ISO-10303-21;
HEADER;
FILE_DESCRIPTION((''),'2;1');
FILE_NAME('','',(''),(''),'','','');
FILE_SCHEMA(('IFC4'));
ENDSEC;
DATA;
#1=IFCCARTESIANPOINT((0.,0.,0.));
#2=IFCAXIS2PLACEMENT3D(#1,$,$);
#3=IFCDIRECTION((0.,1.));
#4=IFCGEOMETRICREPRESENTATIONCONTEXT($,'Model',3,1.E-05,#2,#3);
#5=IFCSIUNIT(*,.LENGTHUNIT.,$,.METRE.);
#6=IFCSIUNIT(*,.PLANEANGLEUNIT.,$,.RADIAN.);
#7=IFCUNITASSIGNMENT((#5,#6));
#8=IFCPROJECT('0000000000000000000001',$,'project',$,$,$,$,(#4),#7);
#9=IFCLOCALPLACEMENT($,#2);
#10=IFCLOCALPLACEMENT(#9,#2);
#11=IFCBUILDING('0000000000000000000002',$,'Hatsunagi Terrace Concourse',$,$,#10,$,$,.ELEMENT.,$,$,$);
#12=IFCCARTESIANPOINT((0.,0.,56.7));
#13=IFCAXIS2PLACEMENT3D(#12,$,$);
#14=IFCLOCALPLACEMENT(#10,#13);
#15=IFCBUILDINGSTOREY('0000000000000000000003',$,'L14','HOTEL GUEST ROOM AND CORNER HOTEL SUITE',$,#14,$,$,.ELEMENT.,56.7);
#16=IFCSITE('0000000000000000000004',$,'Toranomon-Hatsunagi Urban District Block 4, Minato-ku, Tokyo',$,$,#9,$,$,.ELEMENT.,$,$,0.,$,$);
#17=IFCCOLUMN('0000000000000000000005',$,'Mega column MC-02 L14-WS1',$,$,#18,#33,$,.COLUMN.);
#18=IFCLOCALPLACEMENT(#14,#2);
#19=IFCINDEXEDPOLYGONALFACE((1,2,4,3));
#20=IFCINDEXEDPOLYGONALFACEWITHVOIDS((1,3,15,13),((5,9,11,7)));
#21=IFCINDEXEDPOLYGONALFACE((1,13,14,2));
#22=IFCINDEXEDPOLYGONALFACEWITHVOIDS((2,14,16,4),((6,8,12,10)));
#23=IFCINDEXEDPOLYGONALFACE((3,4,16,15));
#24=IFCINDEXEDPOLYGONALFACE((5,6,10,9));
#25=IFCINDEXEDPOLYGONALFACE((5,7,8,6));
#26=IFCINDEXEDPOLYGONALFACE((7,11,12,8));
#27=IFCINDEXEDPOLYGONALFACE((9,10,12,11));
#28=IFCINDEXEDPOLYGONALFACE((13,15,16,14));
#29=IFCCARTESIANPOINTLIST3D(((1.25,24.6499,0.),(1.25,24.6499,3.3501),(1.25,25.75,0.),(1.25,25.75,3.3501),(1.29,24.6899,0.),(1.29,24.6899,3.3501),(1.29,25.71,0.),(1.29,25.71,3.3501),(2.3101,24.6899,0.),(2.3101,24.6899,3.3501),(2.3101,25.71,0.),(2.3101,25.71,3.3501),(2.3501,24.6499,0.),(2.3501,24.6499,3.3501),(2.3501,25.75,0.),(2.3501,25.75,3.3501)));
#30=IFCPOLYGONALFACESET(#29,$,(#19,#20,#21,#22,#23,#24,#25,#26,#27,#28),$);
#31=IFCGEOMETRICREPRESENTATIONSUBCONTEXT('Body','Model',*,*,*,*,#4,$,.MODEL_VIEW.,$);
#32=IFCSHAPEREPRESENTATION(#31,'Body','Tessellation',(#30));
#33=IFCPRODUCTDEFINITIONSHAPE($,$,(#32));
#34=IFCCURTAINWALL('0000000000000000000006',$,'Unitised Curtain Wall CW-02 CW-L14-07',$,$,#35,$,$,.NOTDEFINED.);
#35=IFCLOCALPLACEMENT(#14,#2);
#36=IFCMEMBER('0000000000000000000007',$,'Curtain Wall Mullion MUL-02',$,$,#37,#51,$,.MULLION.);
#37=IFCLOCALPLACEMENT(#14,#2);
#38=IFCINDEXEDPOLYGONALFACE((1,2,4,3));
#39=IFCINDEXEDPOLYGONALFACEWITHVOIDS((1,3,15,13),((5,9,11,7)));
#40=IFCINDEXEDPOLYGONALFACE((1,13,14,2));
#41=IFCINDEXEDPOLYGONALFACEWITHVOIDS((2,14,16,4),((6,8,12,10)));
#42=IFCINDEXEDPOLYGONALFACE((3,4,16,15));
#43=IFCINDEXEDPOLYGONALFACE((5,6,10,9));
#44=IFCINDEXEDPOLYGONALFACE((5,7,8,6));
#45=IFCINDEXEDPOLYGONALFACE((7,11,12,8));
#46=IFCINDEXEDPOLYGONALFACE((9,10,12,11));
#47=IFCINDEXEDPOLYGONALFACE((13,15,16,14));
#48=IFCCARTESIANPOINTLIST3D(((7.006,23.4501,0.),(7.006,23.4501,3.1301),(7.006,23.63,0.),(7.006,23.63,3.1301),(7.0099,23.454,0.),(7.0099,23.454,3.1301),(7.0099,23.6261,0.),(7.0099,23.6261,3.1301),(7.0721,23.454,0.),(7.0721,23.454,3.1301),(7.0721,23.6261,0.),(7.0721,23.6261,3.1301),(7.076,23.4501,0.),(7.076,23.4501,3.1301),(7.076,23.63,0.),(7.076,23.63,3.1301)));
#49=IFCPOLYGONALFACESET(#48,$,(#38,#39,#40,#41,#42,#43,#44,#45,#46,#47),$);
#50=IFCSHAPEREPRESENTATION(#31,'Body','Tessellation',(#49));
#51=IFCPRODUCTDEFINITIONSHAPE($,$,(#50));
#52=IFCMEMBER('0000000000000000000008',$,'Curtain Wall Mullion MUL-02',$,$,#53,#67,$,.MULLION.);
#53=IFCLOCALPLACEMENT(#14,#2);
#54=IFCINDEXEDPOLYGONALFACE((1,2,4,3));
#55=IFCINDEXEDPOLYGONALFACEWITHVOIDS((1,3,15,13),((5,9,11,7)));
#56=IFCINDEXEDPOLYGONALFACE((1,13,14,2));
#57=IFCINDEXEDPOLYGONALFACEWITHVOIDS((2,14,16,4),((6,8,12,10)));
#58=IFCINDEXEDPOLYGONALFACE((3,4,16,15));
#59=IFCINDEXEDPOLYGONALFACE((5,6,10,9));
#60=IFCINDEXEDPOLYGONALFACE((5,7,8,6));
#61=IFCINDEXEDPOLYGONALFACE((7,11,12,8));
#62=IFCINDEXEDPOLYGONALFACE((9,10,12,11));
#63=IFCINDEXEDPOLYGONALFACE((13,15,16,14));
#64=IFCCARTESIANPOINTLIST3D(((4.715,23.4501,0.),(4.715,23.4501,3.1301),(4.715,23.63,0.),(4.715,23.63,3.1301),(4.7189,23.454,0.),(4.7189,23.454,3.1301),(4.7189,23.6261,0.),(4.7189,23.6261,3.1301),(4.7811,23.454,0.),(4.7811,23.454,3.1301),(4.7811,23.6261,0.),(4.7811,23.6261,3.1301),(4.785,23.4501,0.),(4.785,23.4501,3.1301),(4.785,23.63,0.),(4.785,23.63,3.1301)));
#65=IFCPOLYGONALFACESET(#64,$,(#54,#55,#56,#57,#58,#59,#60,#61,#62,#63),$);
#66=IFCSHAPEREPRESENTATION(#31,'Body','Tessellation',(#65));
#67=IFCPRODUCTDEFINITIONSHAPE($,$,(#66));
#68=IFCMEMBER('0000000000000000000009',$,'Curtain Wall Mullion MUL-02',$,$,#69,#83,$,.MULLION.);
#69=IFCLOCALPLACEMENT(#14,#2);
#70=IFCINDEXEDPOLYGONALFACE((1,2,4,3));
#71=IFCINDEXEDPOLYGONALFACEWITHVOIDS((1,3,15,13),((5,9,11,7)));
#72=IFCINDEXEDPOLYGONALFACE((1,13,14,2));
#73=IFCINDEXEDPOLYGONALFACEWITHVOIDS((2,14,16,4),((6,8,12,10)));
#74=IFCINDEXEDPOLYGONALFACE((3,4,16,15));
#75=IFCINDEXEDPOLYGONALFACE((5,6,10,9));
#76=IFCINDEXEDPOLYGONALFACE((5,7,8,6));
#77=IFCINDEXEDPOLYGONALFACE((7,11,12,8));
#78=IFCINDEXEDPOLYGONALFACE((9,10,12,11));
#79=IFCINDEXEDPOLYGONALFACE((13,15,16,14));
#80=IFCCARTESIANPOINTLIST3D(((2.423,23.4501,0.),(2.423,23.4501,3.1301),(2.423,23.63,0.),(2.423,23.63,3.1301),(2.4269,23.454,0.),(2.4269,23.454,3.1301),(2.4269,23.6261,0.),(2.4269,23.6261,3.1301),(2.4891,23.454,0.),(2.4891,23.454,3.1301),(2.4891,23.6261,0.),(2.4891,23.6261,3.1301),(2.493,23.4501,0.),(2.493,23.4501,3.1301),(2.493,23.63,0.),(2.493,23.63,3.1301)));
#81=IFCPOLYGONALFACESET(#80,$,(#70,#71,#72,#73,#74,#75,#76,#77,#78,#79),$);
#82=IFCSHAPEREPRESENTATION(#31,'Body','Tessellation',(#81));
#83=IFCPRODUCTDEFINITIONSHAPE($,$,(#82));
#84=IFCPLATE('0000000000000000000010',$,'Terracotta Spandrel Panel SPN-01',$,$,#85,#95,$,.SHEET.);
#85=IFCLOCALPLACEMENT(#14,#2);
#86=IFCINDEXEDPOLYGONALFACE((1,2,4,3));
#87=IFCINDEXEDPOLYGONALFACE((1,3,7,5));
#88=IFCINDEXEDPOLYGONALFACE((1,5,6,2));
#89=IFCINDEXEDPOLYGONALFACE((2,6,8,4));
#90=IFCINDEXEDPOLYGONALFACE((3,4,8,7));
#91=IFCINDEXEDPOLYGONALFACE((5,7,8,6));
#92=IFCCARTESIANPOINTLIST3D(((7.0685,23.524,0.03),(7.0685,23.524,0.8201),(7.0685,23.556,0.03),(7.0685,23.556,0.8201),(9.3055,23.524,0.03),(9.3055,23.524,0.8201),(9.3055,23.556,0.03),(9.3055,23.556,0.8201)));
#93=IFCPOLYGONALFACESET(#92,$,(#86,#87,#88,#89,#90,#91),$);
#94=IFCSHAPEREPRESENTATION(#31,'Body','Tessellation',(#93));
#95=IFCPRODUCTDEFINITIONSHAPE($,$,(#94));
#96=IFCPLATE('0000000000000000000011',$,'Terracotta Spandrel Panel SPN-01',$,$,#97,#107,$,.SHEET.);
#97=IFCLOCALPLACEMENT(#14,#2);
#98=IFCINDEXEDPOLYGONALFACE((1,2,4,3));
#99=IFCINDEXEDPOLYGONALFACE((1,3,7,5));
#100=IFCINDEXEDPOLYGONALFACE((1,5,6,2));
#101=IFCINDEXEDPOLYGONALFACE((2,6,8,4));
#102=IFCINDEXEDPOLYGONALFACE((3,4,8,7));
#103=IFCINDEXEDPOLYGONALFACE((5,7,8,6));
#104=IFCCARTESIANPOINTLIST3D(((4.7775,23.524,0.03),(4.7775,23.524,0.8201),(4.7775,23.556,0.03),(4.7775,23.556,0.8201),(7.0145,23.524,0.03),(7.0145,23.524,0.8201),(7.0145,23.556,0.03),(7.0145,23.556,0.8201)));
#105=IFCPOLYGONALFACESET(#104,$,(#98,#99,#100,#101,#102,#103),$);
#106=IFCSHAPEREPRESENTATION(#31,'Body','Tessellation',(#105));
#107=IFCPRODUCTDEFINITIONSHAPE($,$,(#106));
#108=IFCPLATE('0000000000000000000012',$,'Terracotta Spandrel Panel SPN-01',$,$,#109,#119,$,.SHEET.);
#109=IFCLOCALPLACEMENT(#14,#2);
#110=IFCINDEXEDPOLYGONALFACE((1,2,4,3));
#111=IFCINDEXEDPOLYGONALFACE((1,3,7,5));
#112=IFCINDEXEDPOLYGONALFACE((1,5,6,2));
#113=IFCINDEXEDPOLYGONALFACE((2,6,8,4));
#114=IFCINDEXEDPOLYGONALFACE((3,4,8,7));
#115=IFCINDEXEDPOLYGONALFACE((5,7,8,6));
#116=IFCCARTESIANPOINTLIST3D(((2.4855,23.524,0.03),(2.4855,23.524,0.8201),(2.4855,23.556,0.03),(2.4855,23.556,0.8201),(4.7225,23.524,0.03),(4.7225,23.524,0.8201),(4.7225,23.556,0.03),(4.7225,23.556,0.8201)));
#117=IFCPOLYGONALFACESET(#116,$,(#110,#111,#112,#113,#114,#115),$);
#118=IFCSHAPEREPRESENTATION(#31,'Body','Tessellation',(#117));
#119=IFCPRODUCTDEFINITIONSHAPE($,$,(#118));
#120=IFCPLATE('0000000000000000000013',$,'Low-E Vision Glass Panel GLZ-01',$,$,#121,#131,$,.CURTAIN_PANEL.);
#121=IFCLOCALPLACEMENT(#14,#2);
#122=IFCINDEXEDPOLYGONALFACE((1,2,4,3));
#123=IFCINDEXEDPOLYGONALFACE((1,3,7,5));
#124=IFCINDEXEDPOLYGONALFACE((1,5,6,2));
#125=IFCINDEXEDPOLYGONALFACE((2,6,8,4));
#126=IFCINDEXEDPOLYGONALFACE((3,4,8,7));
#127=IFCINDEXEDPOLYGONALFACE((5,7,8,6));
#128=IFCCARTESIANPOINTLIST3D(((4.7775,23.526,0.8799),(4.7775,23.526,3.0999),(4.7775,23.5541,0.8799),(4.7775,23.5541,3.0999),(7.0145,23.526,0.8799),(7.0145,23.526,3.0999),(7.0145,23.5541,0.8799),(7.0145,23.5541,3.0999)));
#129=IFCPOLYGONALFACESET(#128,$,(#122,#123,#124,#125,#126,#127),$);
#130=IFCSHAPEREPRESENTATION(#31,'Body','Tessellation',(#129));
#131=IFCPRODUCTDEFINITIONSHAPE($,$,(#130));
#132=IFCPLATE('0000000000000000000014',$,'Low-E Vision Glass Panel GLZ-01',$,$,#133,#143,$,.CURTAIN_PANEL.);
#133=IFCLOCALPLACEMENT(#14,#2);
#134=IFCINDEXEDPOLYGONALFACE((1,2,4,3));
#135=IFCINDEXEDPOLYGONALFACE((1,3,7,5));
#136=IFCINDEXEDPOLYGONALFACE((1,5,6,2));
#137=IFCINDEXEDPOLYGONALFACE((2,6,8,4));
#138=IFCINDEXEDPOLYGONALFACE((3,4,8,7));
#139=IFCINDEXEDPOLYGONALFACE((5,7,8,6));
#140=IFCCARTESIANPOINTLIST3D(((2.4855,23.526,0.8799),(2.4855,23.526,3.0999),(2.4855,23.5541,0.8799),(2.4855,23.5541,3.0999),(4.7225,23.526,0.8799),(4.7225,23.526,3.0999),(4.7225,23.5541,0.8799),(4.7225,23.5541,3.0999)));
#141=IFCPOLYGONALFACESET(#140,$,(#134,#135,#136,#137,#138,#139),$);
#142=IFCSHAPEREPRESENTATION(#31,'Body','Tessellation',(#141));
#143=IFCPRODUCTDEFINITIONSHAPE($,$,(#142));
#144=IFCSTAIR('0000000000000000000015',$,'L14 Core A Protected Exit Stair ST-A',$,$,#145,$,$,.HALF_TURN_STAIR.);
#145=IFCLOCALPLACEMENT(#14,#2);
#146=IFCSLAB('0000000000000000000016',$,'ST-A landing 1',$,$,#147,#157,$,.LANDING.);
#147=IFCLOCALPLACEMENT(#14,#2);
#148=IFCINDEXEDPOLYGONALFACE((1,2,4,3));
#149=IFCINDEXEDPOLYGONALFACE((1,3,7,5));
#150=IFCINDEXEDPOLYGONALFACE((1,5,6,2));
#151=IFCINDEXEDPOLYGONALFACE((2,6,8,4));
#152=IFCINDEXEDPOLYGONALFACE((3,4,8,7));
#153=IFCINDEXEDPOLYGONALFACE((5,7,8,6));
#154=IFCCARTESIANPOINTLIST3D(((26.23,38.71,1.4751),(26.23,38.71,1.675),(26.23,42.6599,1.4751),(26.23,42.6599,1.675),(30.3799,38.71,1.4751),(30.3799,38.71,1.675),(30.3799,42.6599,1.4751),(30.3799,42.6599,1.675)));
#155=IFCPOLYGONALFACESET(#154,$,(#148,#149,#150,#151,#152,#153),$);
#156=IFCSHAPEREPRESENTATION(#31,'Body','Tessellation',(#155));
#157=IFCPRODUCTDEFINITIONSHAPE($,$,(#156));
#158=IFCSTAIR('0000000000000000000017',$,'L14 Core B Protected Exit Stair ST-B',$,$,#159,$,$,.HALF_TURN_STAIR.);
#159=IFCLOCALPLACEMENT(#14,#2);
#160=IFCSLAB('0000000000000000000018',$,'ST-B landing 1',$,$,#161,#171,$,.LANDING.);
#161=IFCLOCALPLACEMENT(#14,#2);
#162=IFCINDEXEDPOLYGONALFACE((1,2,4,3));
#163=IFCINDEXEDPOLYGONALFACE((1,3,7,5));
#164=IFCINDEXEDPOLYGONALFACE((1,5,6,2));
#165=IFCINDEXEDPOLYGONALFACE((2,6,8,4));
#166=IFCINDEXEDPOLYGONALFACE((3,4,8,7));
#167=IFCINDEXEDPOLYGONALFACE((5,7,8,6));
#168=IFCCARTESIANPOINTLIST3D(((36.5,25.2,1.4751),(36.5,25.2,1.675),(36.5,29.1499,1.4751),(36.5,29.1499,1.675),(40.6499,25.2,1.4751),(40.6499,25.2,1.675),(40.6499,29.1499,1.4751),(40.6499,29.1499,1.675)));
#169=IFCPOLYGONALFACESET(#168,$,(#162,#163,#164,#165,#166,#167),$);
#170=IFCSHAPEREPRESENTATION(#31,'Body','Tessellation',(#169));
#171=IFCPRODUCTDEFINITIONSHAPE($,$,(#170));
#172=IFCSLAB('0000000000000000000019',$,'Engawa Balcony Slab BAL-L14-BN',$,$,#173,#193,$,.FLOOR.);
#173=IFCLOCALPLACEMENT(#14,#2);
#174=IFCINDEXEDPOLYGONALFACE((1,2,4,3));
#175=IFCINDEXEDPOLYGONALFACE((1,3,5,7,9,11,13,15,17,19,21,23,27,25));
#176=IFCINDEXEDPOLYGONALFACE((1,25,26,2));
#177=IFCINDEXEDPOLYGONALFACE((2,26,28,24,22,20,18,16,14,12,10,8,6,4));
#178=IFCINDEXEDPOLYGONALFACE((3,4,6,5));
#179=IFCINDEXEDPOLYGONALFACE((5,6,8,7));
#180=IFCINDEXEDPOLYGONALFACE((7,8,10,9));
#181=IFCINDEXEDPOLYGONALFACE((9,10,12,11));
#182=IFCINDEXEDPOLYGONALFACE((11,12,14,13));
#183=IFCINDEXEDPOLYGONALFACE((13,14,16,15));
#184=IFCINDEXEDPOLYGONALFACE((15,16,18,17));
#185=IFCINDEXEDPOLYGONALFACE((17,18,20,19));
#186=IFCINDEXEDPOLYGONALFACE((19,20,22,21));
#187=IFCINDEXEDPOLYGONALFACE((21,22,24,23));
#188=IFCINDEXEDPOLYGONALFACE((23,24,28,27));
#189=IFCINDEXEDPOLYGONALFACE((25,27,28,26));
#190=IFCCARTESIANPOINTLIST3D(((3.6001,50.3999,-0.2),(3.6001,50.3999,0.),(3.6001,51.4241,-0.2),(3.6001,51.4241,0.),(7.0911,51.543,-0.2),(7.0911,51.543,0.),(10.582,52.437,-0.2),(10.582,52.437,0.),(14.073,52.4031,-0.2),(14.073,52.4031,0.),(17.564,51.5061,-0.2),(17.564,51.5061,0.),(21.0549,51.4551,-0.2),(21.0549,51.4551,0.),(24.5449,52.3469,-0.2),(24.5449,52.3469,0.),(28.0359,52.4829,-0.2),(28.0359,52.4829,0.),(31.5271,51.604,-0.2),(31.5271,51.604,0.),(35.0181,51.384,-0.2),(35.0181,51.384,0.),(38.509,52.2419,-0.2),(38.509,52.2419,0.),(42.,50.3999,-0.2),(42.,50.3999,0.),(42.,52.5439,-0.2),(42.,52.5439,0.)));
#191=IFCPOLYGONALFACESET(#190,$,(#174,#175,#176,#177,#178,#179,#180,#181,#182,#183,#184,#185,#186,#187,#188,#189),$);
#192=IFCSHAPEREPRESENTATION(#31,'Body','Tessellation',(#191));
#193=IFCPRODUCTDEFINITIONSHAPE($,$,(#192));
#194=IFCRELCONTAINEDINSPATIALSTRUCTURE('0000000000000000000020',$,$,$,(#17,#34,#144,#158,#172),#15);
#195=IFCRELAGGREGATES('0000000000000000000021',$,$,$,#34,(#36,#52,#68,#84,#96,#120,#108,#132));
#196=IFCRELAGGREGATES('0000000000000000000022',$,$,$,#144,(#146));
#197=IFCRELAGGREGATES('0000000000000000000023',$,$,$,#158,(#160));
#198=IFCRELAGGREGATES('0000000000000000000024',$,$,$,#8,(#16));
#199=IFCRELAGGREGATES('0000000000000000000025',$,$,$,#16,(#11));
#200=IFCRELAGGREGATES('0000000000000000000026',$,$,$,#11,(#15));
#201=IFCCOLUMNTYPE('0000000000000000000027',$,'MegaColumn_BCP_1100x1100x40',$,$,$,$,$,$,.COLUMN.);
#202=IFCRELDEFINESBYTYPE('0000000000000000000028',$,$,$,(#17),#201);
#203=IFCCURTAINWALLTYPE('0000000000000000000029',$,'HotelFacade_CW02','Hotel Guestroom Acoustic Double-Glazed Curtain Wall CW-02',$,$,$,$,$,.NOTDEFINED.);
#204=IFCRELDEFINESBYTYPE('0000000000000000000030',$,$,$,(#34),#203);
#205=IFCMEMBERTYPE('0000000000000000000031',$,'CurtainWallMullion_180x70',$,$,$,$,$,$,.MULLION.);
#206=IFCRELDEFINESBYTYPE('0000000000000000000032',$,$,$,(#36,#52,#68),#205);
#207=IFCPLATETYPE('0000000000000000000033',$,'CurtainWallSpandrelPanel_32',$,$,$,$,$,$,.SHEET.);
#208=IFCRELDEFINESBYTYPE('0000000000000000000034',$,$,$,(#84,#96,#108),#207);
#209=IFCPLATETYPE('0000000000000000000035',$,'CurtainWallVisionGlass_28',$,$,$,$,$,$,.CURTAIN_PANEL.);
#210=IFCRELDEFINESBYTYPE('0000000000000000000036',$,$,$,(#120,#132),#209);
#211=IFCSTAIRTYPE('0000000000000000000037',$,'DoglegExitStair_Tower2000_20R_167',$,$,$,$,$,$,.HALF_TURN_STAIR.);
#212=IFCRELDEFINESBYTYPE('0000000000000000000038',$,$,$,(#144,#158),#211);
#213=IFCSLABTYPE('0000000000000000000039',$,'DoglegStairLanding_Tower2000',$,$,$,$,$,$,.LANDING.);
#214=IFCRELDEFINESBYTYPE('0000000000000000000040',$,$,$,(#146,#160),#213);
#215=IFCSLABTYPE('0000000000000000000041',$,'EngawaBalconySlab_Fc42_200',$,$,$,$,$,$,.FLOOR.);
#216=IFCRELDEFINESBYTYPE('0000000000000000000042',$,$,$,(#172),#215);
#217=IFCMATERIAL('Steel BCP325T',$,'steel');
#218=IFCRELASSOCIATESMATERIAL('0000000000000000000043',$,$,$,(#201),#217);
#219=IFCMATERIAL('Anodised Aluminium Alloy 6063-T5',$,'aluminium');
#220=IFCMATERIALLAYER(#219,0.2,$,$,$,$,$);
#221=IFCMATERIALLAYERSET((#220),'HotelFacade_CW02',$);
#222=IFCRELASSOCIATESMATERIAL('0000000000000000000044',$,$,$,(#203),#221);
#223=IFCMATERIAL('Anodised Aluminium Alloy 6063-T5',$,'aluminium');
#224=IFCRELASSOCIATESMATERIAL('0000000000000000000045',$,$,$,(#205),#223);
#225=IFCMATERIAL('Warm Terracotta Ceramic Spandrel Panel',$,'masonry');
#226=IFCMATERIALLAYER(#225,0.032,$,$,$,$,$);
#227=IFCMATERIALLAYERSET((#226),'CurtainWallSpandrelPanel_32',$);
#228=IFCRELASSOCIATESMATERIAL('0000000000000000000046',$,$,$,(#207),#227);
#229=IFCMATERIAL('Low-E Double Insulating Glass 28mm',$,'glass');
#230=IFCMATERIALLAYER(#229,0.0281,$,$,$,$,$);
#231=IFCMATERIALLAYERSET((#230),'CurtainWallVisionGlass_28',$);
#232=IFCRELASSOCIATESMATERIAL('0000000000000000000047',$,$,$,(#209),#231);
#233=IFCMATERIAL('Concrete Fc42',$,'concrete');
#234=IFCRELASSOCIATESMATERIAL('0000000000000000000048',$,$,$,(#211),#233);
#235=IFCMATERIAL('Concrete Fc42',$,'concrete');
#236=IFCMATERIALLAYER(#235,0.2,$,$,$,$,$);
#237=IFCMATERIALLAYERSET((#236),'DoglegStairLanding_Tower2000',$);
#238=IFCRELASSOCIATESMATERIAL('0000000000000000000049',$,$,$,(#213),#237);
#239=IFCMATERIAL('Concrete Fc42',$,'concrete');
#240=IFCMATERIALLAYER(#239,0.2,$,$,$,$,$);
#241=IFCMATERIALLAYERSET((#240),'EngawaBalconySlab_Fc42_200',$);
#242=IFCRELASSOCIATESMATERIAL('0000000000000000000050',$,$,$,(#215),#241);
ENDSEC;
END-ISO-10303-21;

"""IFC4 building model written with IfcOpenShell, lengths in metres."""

from ifc_helpers import new_model, si_unit, direction, frame, origin, origin_2d, place, context, subcontext, project, spatial, polyline, rectangle, hollow_rectangle, outline, extrude, material, layer, layer_set, material_profile, profile_set, type_object, element, aggregate, save


model = new_model("IFC4")

# Units and contexts
model_context = context("Model", 3, precision=1e-05, world=origin(), true_north=direction((0.0, 1.0)))
body_context = subcontext(model_context, "Body", "Model", "MODEL_VIEW")
ifc_project = project(units=[si_unit("LENGTHUNIT", "METRE"), si_unit("PLANEANGLEUNIT", "RADIAN")], contexts=[model_context])

# Site, building, storey
site_placement = place(None, origin())
site = spatial("IfcSite", under=ifc_project, at=site_placement, Name="Toranomon-Hatsunagi Urban District Block 4, Minato-ku, Tokyo", CompositionType="ELEMENT", RefElevation=0.0)
building_placement = place(site_placement, origin())
building = spatial("IfcBuilding", under=site, at=building_placement, Name="Hatsunagi Terrace Concourse", CompositionType="ELEMENT")
storey_placement = place(building_placement, frame((0.0, 0.0, 56.7)))
storey = spatial("IfcBuildingStorey", under=building, at=storey_placement, Name="L14", Description="HOTEL GUEST ROOM AND CORNER HOTEL SUITE", CompositionType="ELEMENT", Elevation=56.7)

# Column
ifc_material_1 = material(Name="Steel BCP325T", Category="steel")
ifc_material_profile_1 = material_profile(ifc_material_1, hollow_rectangle(XDim=1.1001, YDim=1.1001, WallThickness=0.04, at=origin_2d()), Name="BCP-1100x1100x40")
ifc_profile_set_1 = profile_set([ifc_material_profile_1], Name="Steel BCP325T")
column_type = type_object("IfcColumnType", Name="MegaColumn_BCP_1100x1100x40", PredefinedType="COLUMN", material=ifc_profile_set_1)
column_placement = place(storey_placement, frame((1.8, 25.2, 0.0), z_axis=(0.0, 0.0, 1.0), x_axis=(1.0, 0.0, 0.0)))
element("IfcColumn", 1, at=column_placement, inside=storey, type_object=column_type, Name="Mega column MC-02 L14-WS1", PredefinedType="COLUMN", context=body_context, shape_type="SweptSolid", body=[
    extrude(hollow_rectangle(XDim=1.1001, YDim=1.1001, WallThickness=0.04, at=origin_2d()), origin(), (0.0, 0.0, 1.0), 3.3501),
])

# Curtain wall, members, plates
ifc_material_2 = material(Name="Anodised Aluminium Alloy 6063-T5", Category="aluminium")
ifc_layer_1 = layer(ifc_material_2, 0.2)
ifc_layer_set_1 = layer_set([ifc_layer_1], Name="HotelFacade_CW02")
curtain_wall_type = type_object("IfcCurtainWallType", Name="HotelFacade_CW02", Description="Hotel Guestroom Acoustic Double-Glazed Curtain Wall CW-02", PredefinedType="NOTDEFINED", material=ifc_layer_set_1)
curtain_wall_placement = place(storey_placement, origin())
curtain_wall = element("IfcCurtainWall", 2, at=curtain_wall_placement, inside=storey, type_object=curtain_wall_type, Name="Unitised Curtain Wall CW-02 CW-L14-07", PredefinedType="NOTDEFINED")
ifc_material_3 = material(Name="Anodised Aluminium Alloy 6063-T5", Category="aluminium")
ifc_material_profile_2 = material_profile(ifc_material_3, hollow_rectangle(XDim=0.0701, YDim=0.1799, WallThickness=0.0039, at=origin_2d()), Name="ALU-MUL-180x70x4")
ifc_profile_set_2 = profile_set([ifc_material_profile_2], Name="Anodised Aluminium Alloy 6063-T5")
member_type = type_object("IfcMemberType", Name="CurtainWallMullion_180x70", PredefinedType="MULLION", material=ifc_profile_set_2)
member_1_placement = place(storey_placement, frame((7.041, 23.54, 0.0), z_axis=(0.0, 0.0, 1.0), x_axis=(-1.0, 0.0, 0.0)))
member_1 = element("IfcMember", 3, at=member_1_placement, type_object=member_type, Name="Curtain Wall Mullion MUL-02", PredefinedType="MULLION", context=body_context, shape_type="SweptSolid", body=[
    extrude(hollow_rectangle(XDim=0.0701, YDim=0.1799, WallThickness=0.0039, at=origin_2d()), origin(), (0.0, 0.0, 1.0), 3.1301),
])
member_2_placement = place(storey_placement, frame((4.75, 23.54, 0.0), z_axis=(0.0, 0.0, 1.0), x_axis=(-1.0, 0.0, 0.0)))
member_2 = element("IfcMember", 4, at=member_2_placement, type_object=member_type, Name="Curtain Wall Mullion MUL-02", PredefinedType="MULLION", context=body_context, shape_type="SweptSolid", body=[
    extrude(hollow_rectangle(XDim=0.0701, YDim=0.1799, WallThickness=0.0039, at=origin_2d()), origin(), (0.0, 0.0, 1.0), 3.1301),
])
member_3_placement = place(storey_placement, frame((2.458, 23.54, 0.0), z_axis=(0.0, 0.0, 1.0), x_axis=(-1.0, 0.0, 0.0)))
member_3 = element("IfcMember", 5, at=member_3_placement, type_object=member_type, Name="Curtain Wall Mullion MUL-02", PredefinedType="MULLION", context=body_context, shape_type="SweptSolid", body=[
    extrude(hollow_rectangle(XDim=0.0701, YDim=0.1799, WallThickness=0.0039, at=origin_2d()), origin(), (0.0, 0.0, 1.0), 3.1301),
])
ifc_material_4 = material(Name="Warm Terracotta Ceramic Spandrel Panel", Category="masonry")
ifc_layer_2 = layer(ifc_material_4, 0.032)
ifc_layer_set_2 = layer_set([ifc_layer_2], Name="CurtainWallSpandrelPanel_32")
plate_type_1 = type_object("IfcPlateType", Name="CurtainWallSpandrelPanel_32", PredefinedType="SHEET", material=ifc_layer_set_2)
plate_1_placement = place(storey_placement, frame((8.187, 23.54, 0.03), z_axis=(0.0, 0.0, 1.0), x_axis=(-1.0, 0.0, 0.0)))
plate_1 = element("IfcPlate", 6, at=plate_1_placement, type_object=plate_type_1, Name="Terracotta Spandrel Panel SPN-01", PredefinedType="SHEET", context=body_context, shape_type="SweptSolid", body=[
    extrude(rectangle(XDim=2.2371, YDim=0.032, at=origin_2d()), origin(), (0.0, 0.0, 1.0), 0.79),
])
plate_2_placement = place(storey_placement, frame((5.896, 23.54, 0.03), z_axis=(0.0, 0.0, 1.0), x_axis=(-1.0, 0.0, 0.0)))
plate_2 = element("IfcPlate", 7, at=plate_2_placement, type_object=plate_type_1, Name="Terracotta Spandrel Panel SPN-01", PredefinedType="SHEET", context=body_context, shape_type="SweptSolid", body=[
    extrude(rectangle(XDim=2.2371, YDim=0.032, at=origin_2d()), origin(), (0.0, 0.0, 1.0), 0.79),
])
plate_3_placement = place(storey_placement, frame((3.604, 23.54, 0.03), z_axis=(0.0, 0.0, 1.0), x_axis=(-1.0, 0.0, 0.0)))
plate_3 = element("IfcPlate", 8, at=plate_3_placement, type_object=plate_type_1, Name="Terracotta Spandrel Panel SPN-01", PredefinedType="SHEET", context=body_context, shape_type="SweptSolid", body=[
    extrude(rectangle(XDim=2.2371, YDim=0.032, at=origin_2d()), origin(), (0.0, 0.0, 1.0), 0.79),
])
ifc_material_5 = material(Name="Low-E Double Insulating Glass 28mm", Category="glass")
ifc_layer_3 = layer(ifc_material_5, 0.0281)
ifc_layer_set_3 = layer_set([ifc_layer_3], Name="CurtainWallVisionGlass_28")
plate_type_2 = type_object("IfcPlateType", Name="CurtainWallVisionGlass_28", PredefinedType="CURTAIN_PANEL", material=ifc_layer_set_3)
plate_4_placement = place(storey_placement, frame((5.896, 23.54, 0.8799), z_axis=(0.0, 0.0, 1.0), x_axis=(-1.0, 0.0, 0.0)))
plate_4 = element("IfcPlate", 9, at=plate_4_placement, type_object=plate_type_2, Name="Low-E Vision Glass Panel GLZ-01", PredefinedType="CURTAIN_PANEL", context=body_context, shape_type="SweptSolid", body=[
    extrude(rectangle(XDim=2.2371, YDim=0.0281, at=origin_2d()), origin(), (0.0, 0.0, 1.0), 2.22),
])
plate_5_placement = place(storey_placement, frame((3.604, 23.54, 0.8799), z_axis=(0.0, 0.0, 1.0), x_axis=(-1.0, 0.0, 0.0)))
plate_5 = element("IfcPlate", 10, at=plate_5_placement, type_object=plate_type_2, Name="Low-E Vision Glass Panel GLZ-01", PredefinedType="CURTAIN_PANEL", context=body_context, shape_type="SweptSolid", body=[
    extrude(rectangle(XDim=2.2371, YDim=0.0281, at=origin_2d()), origin(), (0.0, 0.0, 1.0), 2.22),
])
aggregate(curtain_wall, [member_1, member_2, member_3, plate_1, plate_2, plate_4, plate_3, plate_5])

# Stairs, slabs
ifc_material_6 = material(Name="Concrete Fc42", Category="concrete")
stair_type = type_object("IfcStairType", Name="DoglegExitStair_Tower2000_20R_167", PredefinedType="HALF_TURN_STAIR", material=ifc_material_6)
stair_1_placement = place(storey_placement, origin())
stair_1 = element("IfcStair", 11, at=stair_1_placement, inside=storey, type_object=stair_type, Name="L14 Core A Protected Exit Stair ST-A", PredefinedType="HALF_TURN_STAIR")
ifc_material_7 = material(Name="Concrete Fc42", Category="concrete")
ifc_layer_4 = layer(ifc_material_7, 0.2)
ifc_layer_set_4 = layer_set([ifc_layer_4], Name="DoglegStairLanding_Tower2000")
slab_type_1 = type_object("IfcSlabType", Name="DoglegStairLanding_Tower2000", PredefinedType="LANDING", material=ifc_layer_set_4)
slab_1_placement = place(storey_placement, frame((0.0, 0.0, 1.4751)))
slab_1 = element("IfcSlab", 12, at=slab_1_placement, type_object=slab_type_1, Name="ST-A landing 1", PredefinedType="LANDING", context=body_context, shape_type="SweptSolid", body=[
    extrude(outline(polyline([(30.3799, 38.71), (30.3799, 42.6599), (26.23, 42.6599), (26.23, 38.71), (30.3799, 38.71)])), origin(), (0.0, 0.0, 1.0), 0.2),
])
aggregate(stair_1, [slab_1])
stair_2_placement = place(storey_placement, origin())
stair_2 = element("IfcStair", 13, at=stair_2_placement, inside=storey, type_object=stair_type, Name="L14 Core B Protected Exit Stair ST-B", PredefinedType="HALF_TURN_STAIR")
slab_2_placement = place(storey_placement, frame((0.0, 0.0, 1.4751)))
slab_2 = element("IfcSlab", 14, at=slab_2_placement, type_object=slab_type_1, Name="ST-B landing 1", PredefinedType="LANDING", context=body_context, shape_type="SweptSolid", body=[
    extrude(outline(polyline([(36.5, 29.1499), (36.5, 25.2), (40.6499, 25.2), (40.6499, 29.1499), (36.5, 29.1499)])), origin(), (0.0, 0.0, 1.0), 0.2),
])
aggregate(stair_2, [slab_2])

# Slab
ifc_material_8 = material(Name="Concrete Fc42", Category="concrete")
ifc_layer_5 = layer(ifc_material_8, 0.2)
ifc_layer_set_5 = layer_set([ifc_layer_5], Name="EngawaBalconySlab_Fc42_200")
slab_type_2 = type_object("IfcSlabType", Name="EngawaBalconySlab_Fc42_200", PredefinedType="FLOOR", material=ifc_layer_set_5)
slab_3_placement = place(storey_placement, frame((0.0, 0.0, -0.2)))
element("IfcSlab", 15, at=slab_3_placement, inside=storey, type_object=slab_type_2, Name="Engawa Balcony Slab BAL-L14-BN", PredefinedType="FLOOR", context=body_context, shape_type="SweptSolid", body=[
    extrude(outline(polyline([(3.6001, 51.4241), (3.6001, 50.3999), (42.0, 50.3999), (42.0, 52.5439), (38.509, 52.2419), (35.0181, 51.384), (31.5271, 51.604), (28.0359, 52.4829), (24.5449, 52.3469), (21.0549, 51.4551), (17.564, 51.5061), (14.073, 52.4031), (10.582, 52.437), (7.0911, 51.543), (3.6001, 51.4241)])), origin(), (0.0, 0.0, 1.0), 0.2),
])

save(model, "model.ifc")
